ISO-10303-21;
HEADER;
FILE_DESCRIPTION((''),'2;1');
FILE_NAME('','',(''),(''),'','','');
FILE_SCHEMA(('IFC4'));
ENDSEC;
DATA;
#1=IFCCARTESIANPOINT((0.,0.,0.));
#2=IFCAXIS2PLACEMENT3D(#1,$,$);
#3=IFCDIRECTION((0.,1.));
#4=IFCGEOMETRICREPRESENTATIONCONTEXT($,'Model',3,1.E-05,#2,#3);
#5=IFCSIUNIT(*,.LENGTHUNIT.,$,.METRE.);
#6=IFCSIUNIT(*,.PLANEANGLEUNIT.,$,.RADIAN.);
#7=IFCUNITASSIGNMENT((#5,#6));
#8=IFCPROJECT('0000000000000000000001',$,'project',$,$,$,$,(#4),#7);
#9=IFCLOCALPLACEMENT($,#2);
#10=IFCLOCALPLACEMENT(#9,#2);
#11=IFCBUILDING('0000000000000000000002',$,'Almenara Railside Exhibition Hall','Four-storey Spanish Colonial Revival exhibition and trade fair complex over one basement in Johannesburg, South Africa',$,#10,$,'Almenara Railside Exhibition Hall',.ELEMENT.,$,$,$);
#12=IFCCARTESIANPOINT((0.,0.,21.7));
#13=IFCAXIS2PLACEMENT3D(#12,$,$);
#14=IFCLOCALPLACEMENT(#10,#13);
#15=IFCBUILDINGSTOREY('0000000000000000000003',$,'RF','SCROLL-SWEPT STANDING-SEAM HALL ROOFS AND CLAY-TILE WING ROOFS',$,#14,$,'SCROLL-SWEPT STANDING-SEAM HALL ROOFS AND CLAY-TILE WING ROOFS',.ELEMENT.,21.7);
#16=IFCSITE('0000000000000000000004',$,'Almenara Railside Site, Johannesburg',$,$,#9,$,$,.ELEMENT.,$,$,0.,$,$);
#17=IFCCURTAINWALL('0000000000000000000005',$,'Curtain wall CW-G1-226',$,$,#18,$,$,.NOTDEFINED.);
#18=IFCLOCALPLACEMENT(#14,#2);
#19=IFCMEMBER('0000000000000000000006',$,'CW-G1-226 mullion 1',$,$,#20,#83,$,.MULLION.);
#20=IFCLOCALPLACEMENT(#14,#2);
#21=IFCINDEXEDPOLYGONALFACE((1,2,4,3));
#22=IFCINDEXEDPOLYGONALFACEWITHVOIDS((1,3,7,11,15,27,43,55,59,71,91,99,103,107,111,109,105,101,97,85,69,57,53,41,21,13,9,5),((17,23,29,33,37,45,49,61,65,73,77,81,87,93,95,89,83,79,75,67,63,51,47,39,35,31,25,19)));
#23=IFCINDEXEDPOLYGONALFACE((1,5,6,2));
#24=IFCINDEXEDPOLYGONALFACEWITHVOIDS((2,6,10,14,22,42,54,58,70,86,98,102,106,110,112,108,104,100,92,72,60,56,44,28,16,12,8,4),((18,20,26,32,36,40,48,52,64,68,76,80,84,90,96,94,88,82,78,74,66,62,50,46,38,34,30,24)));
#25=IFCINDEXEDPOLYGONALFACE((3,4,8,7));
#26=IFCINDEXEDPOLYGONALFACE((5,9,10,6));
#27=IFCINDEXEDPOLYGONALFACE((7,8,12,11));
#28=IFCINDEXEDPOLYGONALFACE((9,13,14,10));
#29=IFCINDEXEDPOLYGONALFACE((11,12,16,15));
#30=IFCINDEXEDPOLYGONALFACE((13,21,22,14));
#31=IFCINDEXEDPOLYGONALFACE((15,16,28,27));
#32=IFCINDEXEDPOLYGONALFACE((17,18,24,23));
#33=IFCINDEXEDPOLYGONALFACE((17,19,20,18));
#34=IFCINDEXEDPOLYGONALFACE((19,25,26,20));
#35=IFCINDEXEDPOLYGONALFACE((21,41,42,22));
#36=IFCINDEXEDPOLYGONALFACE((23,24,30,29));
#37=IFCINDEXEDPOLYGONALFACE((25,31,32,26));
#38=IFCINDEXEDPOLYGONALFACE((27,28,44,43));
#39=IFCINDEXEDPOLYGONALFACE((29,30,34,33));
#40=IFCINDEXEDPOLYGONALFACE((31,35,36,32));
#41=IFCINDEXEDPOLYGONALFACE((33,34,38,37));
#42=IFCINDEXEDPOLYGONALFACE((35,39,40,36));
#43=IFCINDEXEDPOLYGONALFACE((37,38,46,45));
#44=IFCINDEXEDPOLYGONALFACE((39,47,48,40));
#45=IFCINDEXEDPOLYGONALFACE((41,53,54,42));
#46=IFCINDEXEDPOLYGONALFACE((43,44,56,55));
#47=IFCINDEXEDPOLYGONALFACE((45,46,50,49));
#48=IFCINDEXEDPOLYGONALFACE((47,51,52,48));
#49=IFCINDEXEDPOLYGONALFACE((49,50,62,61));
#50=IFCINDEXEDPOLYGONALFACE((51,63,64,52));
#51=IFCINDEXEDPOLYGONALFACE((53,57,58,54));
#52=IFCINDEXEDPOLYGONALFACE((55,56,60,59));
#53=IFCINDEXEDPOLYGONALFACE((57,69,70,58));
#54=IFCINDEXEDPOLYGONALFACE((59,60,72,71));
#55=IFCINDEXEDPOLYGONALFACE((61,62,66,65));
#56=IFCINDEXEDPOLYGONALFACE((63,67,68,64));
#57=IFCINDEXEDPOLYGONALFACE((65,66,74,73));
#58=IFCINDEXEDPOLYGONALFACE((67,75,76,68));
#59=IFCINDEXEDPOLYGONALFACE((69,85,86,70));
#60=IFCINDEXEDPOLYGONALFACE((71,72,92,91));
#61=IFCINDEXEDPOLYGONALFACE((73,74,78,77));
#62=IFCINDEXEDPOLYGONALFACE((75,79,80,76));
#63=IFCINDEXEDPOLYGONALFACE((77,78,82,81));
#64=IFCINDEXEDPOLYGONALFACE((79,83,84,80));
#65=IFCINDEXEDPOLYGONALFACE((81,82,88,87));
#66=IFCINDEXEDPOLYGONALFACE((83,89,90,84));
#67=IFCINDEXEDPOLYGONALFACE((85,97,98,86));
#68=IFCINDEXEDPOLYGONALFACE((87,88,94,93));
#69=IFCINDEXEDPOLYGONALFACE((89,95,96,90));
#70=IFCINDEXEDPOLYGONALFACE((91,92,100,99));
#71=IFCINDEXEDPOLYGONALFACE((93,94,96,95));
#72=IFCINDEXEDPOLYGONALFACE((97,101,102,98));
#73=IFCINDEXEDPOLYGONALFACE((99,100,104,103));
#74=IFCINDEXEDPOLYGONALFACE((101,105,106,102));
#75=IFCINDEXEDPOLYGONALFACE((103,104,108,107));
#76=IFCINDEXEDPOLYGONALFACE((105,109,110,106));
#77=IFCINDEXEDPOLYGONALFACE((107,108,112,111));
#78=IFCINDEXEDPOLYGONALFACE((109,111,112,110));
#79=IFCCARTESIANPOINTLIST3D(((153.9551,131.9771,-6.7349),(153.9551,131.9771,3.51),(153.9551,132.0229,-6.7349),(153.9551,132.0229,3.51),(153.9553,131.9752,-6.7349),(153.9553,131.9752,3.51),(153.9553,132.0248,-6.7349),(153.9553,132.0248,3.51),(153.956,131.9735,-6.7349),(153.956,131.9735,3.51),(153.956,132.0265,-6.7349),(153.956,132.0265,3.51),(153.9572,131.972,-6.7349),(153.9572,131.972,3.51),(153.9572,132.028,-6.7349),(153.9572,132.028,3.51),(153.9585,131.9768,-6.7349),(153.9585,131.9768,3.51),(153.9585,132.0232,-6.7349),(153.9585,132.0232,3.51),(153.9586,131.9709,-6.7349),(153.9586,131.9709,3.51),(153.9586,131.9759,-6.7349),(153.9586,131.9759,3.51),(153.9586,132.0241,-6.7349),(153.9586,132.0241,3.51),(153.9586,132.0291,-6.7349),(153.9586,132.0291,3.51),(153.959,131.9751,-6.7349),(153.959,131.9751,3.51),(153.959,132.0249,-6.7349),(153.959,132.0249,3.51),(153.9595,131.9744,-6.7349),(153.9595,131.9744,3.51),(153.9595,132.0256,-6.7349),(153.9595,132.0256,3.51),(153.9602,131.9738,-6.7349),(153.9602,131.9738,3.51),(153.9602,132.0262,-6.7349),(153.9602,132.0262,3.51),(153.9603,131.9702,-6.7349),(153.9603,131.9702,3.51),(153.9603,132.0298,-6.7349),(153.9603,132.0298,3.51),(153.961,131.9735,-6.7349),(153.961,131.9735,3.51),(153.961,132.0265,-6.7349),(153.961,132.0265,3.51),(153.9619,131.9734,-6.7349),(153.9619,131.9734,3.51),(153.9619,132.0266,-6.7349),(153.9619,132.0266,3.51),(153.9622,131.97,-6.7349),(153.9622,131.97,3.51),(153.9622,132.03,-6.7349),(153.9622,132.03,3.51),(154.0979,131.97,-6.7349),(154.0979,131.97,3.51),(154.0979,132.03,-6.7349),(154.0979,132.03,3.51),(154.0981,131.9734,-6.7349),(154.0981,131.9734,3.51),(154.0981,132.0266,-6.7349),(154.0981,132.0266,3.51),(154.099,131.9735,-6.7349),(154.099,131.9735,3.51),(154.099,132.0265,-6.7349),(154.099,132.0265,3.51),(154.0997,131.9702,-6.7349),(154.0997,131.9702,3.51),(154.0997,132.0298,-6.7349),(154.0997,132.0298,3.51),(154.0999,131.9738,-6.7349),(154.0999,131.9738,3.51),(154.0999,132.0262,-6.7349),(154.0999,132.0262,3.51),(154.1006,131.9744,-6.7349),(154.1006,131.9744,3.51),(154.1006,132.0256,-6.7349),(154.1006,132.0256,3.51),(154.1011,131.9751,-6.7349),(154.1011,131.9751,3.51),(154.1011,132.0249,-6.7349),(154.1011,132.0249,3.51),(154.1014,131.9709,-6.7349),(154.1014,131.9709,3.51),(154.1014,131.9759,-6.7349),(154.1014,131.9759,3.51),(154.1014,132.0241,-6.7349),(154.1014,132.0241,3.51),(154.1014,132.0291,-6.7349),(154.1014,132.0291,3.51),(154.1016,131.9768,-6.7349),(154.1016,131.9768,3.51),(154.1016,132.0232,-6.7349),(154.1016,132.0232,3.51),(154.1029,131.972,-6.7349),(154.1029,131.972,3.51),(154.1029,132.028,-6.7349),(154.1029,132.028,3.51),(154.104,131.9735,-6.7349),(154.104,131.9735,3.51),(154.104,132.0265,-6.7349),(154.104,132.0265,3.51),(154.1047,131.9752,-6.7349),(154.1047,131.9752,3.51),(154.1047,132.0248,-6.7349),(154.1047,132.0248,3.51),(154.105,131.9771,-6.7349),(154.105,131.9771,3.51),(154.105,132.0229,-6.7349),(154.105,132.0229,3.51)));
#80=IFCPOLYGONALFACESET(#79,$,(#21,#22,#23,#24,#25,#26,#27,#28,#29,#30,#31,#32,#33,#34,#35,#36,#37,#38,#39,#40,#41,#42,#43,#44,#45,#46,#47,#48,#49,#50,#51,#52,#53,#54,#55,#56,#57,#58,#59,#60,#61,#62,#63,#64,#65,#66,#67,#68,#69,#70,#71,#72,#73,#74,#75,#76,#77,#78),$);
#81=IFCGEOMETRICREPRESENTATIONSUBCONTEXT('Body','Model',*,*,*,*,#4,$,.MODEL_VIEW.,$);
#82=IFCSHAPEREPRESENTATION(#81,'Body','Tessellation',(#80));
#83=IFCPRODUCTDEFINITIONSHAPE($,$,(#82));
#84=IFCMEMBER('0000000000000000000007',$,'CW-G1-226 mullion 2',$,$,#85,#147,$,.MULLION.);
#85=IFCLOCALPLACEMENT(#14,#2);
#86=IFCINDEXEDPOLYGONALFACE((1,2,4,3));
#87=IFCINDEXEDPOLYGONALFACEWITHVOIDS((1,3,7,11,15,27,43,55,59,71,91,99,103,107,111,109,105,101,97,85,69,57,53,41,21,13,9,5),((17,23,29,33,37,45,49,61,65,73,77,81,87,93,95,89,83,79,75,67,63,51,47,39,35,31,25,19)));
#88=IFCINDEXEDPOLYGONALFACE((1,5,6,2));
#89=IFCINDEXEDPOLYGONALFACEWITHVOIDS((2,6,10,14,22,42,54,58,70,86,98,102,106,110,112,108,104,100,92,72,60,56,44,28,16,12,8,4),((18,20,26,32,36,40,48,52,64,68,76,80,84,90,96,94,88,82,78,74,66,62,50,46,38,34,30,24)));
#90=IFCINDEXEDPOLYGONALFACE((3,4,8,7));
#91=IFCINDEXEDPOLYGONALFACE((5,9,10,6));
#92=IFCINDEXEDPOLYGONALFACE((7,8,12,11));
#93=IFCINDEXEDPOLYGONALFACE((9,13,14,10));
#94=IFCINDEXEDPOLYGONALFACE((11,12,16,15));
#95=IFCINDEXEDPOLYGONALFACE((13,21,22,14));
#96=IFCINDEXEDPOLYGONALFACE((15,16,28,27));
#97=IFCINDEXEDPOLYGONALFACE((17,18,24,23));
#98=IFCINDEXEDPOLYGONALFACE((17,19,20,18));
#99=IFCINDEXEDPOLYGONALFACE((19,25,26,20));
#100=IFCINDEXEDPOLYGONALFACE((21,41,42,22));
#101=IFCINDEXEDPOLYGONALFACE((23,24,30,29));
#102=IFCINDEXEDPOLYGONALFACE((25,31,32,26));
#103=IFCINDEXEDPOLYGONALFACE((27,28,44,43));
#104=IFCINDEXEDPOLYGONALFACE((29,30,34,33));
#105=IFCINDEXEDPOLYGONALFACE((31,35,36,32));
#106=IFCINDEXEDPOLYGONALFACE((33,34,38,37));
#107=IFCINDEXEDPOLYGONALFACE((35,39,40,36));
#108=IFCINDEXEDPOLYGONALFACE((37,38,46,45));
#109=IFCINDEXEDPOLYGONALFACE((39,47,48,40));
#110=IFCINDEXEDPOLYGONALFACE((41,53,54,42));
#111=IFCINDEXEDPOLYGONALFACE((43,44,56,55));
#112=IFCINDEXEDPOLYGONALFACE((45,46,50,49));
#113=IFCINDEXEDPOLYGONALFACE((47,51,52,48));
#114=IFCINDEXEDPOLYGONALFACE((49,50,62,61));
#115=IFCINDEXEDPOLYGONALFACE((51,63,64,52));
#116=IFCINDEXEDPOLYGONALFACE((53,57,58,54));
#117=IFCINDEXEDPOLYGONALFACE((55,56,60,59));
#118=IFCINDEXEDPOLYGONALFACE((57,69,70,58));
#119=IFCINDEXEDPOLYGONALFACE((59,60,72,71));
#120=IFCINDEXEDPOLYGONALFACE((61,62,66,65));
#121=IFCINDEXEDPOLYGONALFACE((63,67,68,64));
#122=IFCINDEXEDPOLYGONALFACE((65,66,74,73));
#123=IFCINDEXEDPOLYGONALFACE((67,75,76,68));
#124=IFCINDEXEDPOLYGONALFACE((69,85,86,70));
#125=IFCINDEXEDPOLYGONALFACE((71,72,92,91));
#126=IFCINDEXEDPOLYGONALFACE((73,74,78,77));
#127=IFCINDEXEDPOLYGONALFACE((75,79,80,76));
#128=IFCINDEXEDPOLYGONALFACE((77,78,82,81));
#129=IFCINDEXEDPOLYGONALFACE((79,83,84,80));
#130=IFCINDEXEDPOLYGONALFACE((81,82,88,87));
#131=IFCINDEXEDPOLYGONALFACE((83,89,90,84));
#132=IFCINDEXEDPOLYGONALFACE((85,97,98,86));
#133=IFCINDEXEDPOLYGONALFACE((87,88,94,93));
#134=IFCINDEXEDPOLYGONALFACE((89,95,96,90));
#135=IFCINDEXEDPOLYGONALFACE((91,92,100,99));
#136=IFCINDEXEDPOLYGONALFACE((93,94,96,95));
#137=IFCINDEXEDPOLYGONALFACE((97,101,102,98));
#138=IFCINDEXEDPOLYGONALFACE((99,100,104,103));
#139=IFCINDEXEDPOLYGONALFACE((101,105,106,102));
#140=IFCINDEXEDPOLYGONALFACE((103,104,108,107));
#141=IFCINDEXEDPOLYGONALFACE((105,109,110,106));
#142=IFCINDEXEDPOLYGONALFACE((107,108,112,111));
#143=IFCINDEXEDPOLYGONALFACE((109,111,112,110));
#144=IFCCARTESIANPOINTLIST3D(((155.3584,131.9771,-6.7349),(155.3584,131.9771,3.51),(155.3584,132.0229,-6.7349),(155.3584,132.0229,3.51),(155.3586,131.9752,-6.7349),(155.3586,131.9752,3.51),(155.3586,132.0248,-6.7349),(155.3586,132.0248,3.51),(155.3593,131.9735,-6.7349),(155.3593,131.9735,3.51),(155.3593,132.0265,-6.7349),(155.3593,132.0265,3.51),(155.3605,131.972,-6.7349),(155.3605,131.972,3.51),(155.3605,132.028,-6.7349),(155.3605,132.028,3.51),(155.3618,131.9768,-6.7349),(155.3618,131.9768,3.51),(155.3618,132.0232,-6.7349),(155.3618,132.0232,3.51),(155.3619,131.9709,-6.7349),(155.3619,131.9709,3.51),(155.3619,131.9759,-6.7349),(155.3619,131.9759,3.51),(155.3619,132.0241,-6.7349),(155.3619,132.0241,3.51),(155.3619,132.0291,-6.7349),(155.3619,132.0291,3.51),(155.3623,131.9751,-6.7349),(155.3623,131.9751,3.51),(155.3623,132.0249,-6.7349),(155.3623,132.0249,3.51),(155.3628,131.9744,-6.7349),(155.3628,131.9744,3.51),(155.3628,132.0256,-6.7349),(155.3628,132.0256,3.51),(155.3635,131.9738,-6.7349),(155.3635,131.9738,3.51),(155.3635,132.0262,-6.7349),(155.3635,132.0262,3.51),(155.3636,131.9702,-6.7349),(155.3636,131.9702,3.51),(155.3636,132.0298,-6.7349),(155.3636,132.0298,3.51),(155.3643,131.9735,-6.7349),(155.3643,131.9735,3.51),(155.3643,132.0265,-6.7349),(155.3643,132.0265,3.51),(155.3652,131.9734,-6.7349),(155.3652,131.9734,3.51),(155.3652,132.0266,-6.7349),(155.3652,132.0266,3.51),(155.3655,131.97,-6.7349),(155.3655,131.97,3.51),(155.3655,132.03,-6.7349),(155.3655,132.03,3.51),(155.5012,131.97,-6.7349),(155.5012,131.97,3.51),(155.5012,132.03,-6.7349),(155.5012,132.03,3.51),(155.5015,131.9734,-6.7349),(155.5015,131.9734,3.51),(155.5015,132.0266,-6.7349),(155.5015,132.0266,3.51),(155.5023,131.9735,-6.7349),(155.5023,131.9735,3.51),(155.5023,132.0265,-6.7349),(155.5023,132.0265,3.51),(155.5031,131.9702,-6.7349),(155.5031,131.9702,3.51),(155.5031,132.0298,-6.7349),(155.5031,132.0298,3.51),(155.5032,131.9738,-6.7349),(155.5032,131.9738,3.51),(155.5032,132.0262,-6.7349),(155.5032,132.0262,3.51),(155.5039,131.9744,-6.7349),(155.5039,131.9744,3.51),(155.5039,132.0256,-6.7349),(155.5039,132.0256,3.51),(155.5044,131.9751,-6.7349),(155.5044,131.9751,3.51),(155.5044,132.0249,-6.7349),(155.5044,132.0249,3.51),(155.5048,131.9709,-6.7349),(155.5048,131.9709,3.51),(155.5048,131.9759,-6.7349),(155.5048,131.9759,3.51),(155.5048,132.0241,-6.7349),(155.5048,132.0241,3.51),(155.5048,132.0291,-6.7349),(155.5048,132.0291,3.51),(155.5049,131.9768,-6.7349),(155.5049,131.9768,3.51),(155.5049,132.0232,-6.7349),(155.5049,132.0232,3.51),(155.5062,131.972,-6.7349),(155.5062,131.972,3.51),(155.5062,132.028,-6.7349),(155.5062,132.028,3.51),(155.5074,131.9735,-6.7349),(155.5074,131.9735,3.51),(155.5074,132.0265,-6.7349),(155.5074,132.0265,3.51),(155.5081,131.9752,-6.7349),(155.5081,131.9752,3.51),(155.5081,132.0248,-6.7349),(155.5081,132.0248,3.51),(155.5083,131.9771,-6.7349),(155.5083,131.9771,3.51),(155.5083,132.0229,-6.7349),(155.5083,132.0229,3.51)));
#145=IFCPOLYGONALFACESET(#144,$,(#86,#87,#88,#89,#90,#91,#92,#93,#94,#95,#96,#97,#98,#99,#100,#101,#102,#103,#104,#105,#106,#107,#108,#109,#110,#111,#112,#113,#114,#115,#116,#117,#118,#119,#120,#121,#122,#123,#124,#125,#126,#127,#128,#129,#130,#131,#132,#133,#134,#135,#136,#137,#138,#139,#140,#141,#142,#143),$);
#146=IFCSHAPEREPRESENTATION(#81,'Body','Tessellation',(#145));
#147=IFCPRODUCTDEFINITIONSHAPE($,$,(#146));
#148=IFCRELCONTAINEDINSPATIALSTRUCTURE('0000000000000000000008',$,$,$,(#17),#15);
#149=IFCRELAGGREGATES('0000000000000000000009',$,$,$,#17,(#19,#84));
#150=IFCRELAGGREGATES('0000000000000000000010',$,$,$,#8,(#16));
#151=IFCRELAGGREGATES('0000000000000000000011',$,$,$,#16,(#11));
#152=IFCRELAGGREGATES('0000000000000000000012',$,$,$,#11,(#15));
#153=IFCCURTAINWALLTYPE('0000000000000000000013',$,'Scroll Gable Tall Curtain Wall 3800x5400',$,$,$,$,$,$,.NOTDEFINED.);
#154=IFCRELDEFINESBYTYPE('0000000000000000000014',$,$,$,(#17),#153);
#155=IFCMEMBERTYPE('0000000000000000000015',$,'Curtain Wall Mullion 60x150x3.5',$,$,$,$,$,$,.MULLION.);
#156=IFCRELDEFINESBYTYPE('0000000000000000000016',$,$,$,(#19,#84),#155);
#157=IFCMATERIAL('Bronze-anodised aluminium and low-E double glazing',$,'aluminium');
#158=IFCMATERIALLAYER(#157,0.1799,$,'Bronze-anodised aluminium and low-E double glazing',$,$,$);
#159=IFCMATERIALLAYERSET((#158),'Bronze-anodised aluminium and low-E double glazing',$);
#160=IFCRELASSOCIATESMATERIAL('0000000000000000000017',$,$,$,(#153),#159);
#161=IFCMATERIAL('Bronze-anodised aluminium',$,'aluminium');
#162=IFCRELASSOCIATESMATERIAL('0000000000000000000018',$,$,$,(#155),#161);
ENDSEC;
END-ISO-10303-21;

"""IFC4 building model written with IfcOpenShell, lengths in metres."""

from ifc_helpers import new_model, si_unit, direction, frame, origin, origin_2d, place, context, subcontext, project, spatial, hollow_rectangle, extrude, material, layer, layer_set, material_profile, profile_set, type_object, element, aggregate, save


model = new_model("IFC4")

# Units and contexts
model_context = context("Model", 3, precision=1e-05, world=origin(), true_north=direction((0.0, 1.0)))
body_context = subcontext(model_context, "Body", "Model", "MODEL_VIEW")
ifc_project = project(units=[si_unit("LENGTHUNIT", "METRE"), si_unit("PLANEANGLEUNIT", "RADIAN")], contexts=[model_context])

# Site, building, storey
site_placement = place(None, origin())
site = spatial("IfcSite", under=ifc_project, at=site_placement, Name="Almenara Railside Site, Johannesburg", CompositionType="ELEMENT", RefElevation=0.0)
building_placement = place(site_placement, origin())
building = spatial("IfcBuilding", under=site, at=building_placement, Name="Almenara Railside Exhibition Hall", Description="Four-storey Spanish Colonial Revival exhibition and trade fair complex over one basement in Johannesburg, South Africa", LongName="Almenara Railside Exhibition Hall", CompositionType="ELEMENT")
storey_placement = place(building_placement, frame((0.0, 0.0, 21.7)))
storey = spatial("IfcBuildingStorey", under=building, at=storey_placement, Name="RF", Description="SCROLL-SWEPT STANDING-SEAM HALL ROOFS AND CLAY-TILE WING ROOFS", LongName="SCROLL-SWEPT STANDING-SEAM HALL ROOFS AND CLAY-TILE WING ROOFS", CompositionType="ELEMENT", Elevation=21.7)

# Curtain wall, members
ifc_material_1 = material(Name="Bronze-anodised aluminium and low-E double glazing", Category="aluminium")
ifc_layer_1 = layer(ifc_material_1, 0.1799, Name="Bronze-anodised aluminium and low-E double glazing")
ifc_layer_set_1 = layer_set([ifc_layer_1], Name="Bronze-anodised aluminium and low-E double glazing")
curtain_wall_type = type_object("IfcCurtainWallType", Name="Scroll Gable Tall Curtain Wall 3800x5400", PredefinedType="NOTDEFINED", material=ifc_layer_set_1)
ifc_material_2 = material(Name="Bronze-anodised aluminium", Category="aluminium")
curtain_wall_1_placement = place(storey_placement, origin())
curtain_wall_1 = element("IfcCurtainWall", 1, at=curtain_wall_1_placement, inside=storey, type_object=curtain_wall_type, Name="Curtain wall CW-G1-226", PredefinedType="NOTDEFINED")
ifc_material_profile_1 = material_profile(ifc_material_2, hollow_rectangle(XDim=0.0601, YDim=0.1499, WallThickness=0.0034, InnerFilletRadius=0.0034, OuterFilletRadius=0.0071, at=origin_2d()), Name="ALU-MUL 60x150x3.5")
ifc_profile_set_1 = profile_set([ifc_material_profile_1], Name="Bronze-anodised aluminium")
member_type_1 = type_object("IfcMemberType", Name="Curtain Wall Mullion 60x150x3.5", PredefinedType="MULLION", material=ifc_profile_set_1)
member_1_placement = place(storey_placement, frame((154.03, 132.0, -6.7349), z_axis=(0.0, 0.0, 1.0), x_axis=(0.0, 1.0, 0.0)))
member_1 = element("IfcMember", 2, at=member_1_placement, type_object=member_type_1, Name="CW-G1-226 mullion 1", PredefinedType="MULLION", context=body_context, shape_type="SweptSolid", body=[
    extrude(hollow_rectangle(XDim=0.0601, YDim=0.1499, WallThickness=0.0034, InnerFilletRadius=0.0034, OuterFilletRadius=0.0071, at=origin_2d()), origin(), (0.0, 0.0, 1.0), 10.2449),
])
member_2_placement = place(storey_placement, frame((155.4333, 132.0, -6.7349), z_axis=(0.0, 0.0, 1.0), x_axis=(0.0, 1.0, 0.0)))
member_2 = element("IfcMember", 3, at=member_2_placement, type_object=member_type_1, Name="CW-G1-226 mullion 2", PredefinedType="MULLION", context=body_context, shape_type="SweptSolid", body=[
    extrude(hollow_rectangle(XDim=0.0601, YDim=0.1499, WallThickness=0.0034, InnerFilletRadius=0.0034, OuterFilletRadius=0.0071, at=origin_2d()), origin(), (0.0, 0.0, 1.0), 10.2449),
])

aggregate(curtain_wall_1, [member_1, member_2])

save(model, "model.ifc")
